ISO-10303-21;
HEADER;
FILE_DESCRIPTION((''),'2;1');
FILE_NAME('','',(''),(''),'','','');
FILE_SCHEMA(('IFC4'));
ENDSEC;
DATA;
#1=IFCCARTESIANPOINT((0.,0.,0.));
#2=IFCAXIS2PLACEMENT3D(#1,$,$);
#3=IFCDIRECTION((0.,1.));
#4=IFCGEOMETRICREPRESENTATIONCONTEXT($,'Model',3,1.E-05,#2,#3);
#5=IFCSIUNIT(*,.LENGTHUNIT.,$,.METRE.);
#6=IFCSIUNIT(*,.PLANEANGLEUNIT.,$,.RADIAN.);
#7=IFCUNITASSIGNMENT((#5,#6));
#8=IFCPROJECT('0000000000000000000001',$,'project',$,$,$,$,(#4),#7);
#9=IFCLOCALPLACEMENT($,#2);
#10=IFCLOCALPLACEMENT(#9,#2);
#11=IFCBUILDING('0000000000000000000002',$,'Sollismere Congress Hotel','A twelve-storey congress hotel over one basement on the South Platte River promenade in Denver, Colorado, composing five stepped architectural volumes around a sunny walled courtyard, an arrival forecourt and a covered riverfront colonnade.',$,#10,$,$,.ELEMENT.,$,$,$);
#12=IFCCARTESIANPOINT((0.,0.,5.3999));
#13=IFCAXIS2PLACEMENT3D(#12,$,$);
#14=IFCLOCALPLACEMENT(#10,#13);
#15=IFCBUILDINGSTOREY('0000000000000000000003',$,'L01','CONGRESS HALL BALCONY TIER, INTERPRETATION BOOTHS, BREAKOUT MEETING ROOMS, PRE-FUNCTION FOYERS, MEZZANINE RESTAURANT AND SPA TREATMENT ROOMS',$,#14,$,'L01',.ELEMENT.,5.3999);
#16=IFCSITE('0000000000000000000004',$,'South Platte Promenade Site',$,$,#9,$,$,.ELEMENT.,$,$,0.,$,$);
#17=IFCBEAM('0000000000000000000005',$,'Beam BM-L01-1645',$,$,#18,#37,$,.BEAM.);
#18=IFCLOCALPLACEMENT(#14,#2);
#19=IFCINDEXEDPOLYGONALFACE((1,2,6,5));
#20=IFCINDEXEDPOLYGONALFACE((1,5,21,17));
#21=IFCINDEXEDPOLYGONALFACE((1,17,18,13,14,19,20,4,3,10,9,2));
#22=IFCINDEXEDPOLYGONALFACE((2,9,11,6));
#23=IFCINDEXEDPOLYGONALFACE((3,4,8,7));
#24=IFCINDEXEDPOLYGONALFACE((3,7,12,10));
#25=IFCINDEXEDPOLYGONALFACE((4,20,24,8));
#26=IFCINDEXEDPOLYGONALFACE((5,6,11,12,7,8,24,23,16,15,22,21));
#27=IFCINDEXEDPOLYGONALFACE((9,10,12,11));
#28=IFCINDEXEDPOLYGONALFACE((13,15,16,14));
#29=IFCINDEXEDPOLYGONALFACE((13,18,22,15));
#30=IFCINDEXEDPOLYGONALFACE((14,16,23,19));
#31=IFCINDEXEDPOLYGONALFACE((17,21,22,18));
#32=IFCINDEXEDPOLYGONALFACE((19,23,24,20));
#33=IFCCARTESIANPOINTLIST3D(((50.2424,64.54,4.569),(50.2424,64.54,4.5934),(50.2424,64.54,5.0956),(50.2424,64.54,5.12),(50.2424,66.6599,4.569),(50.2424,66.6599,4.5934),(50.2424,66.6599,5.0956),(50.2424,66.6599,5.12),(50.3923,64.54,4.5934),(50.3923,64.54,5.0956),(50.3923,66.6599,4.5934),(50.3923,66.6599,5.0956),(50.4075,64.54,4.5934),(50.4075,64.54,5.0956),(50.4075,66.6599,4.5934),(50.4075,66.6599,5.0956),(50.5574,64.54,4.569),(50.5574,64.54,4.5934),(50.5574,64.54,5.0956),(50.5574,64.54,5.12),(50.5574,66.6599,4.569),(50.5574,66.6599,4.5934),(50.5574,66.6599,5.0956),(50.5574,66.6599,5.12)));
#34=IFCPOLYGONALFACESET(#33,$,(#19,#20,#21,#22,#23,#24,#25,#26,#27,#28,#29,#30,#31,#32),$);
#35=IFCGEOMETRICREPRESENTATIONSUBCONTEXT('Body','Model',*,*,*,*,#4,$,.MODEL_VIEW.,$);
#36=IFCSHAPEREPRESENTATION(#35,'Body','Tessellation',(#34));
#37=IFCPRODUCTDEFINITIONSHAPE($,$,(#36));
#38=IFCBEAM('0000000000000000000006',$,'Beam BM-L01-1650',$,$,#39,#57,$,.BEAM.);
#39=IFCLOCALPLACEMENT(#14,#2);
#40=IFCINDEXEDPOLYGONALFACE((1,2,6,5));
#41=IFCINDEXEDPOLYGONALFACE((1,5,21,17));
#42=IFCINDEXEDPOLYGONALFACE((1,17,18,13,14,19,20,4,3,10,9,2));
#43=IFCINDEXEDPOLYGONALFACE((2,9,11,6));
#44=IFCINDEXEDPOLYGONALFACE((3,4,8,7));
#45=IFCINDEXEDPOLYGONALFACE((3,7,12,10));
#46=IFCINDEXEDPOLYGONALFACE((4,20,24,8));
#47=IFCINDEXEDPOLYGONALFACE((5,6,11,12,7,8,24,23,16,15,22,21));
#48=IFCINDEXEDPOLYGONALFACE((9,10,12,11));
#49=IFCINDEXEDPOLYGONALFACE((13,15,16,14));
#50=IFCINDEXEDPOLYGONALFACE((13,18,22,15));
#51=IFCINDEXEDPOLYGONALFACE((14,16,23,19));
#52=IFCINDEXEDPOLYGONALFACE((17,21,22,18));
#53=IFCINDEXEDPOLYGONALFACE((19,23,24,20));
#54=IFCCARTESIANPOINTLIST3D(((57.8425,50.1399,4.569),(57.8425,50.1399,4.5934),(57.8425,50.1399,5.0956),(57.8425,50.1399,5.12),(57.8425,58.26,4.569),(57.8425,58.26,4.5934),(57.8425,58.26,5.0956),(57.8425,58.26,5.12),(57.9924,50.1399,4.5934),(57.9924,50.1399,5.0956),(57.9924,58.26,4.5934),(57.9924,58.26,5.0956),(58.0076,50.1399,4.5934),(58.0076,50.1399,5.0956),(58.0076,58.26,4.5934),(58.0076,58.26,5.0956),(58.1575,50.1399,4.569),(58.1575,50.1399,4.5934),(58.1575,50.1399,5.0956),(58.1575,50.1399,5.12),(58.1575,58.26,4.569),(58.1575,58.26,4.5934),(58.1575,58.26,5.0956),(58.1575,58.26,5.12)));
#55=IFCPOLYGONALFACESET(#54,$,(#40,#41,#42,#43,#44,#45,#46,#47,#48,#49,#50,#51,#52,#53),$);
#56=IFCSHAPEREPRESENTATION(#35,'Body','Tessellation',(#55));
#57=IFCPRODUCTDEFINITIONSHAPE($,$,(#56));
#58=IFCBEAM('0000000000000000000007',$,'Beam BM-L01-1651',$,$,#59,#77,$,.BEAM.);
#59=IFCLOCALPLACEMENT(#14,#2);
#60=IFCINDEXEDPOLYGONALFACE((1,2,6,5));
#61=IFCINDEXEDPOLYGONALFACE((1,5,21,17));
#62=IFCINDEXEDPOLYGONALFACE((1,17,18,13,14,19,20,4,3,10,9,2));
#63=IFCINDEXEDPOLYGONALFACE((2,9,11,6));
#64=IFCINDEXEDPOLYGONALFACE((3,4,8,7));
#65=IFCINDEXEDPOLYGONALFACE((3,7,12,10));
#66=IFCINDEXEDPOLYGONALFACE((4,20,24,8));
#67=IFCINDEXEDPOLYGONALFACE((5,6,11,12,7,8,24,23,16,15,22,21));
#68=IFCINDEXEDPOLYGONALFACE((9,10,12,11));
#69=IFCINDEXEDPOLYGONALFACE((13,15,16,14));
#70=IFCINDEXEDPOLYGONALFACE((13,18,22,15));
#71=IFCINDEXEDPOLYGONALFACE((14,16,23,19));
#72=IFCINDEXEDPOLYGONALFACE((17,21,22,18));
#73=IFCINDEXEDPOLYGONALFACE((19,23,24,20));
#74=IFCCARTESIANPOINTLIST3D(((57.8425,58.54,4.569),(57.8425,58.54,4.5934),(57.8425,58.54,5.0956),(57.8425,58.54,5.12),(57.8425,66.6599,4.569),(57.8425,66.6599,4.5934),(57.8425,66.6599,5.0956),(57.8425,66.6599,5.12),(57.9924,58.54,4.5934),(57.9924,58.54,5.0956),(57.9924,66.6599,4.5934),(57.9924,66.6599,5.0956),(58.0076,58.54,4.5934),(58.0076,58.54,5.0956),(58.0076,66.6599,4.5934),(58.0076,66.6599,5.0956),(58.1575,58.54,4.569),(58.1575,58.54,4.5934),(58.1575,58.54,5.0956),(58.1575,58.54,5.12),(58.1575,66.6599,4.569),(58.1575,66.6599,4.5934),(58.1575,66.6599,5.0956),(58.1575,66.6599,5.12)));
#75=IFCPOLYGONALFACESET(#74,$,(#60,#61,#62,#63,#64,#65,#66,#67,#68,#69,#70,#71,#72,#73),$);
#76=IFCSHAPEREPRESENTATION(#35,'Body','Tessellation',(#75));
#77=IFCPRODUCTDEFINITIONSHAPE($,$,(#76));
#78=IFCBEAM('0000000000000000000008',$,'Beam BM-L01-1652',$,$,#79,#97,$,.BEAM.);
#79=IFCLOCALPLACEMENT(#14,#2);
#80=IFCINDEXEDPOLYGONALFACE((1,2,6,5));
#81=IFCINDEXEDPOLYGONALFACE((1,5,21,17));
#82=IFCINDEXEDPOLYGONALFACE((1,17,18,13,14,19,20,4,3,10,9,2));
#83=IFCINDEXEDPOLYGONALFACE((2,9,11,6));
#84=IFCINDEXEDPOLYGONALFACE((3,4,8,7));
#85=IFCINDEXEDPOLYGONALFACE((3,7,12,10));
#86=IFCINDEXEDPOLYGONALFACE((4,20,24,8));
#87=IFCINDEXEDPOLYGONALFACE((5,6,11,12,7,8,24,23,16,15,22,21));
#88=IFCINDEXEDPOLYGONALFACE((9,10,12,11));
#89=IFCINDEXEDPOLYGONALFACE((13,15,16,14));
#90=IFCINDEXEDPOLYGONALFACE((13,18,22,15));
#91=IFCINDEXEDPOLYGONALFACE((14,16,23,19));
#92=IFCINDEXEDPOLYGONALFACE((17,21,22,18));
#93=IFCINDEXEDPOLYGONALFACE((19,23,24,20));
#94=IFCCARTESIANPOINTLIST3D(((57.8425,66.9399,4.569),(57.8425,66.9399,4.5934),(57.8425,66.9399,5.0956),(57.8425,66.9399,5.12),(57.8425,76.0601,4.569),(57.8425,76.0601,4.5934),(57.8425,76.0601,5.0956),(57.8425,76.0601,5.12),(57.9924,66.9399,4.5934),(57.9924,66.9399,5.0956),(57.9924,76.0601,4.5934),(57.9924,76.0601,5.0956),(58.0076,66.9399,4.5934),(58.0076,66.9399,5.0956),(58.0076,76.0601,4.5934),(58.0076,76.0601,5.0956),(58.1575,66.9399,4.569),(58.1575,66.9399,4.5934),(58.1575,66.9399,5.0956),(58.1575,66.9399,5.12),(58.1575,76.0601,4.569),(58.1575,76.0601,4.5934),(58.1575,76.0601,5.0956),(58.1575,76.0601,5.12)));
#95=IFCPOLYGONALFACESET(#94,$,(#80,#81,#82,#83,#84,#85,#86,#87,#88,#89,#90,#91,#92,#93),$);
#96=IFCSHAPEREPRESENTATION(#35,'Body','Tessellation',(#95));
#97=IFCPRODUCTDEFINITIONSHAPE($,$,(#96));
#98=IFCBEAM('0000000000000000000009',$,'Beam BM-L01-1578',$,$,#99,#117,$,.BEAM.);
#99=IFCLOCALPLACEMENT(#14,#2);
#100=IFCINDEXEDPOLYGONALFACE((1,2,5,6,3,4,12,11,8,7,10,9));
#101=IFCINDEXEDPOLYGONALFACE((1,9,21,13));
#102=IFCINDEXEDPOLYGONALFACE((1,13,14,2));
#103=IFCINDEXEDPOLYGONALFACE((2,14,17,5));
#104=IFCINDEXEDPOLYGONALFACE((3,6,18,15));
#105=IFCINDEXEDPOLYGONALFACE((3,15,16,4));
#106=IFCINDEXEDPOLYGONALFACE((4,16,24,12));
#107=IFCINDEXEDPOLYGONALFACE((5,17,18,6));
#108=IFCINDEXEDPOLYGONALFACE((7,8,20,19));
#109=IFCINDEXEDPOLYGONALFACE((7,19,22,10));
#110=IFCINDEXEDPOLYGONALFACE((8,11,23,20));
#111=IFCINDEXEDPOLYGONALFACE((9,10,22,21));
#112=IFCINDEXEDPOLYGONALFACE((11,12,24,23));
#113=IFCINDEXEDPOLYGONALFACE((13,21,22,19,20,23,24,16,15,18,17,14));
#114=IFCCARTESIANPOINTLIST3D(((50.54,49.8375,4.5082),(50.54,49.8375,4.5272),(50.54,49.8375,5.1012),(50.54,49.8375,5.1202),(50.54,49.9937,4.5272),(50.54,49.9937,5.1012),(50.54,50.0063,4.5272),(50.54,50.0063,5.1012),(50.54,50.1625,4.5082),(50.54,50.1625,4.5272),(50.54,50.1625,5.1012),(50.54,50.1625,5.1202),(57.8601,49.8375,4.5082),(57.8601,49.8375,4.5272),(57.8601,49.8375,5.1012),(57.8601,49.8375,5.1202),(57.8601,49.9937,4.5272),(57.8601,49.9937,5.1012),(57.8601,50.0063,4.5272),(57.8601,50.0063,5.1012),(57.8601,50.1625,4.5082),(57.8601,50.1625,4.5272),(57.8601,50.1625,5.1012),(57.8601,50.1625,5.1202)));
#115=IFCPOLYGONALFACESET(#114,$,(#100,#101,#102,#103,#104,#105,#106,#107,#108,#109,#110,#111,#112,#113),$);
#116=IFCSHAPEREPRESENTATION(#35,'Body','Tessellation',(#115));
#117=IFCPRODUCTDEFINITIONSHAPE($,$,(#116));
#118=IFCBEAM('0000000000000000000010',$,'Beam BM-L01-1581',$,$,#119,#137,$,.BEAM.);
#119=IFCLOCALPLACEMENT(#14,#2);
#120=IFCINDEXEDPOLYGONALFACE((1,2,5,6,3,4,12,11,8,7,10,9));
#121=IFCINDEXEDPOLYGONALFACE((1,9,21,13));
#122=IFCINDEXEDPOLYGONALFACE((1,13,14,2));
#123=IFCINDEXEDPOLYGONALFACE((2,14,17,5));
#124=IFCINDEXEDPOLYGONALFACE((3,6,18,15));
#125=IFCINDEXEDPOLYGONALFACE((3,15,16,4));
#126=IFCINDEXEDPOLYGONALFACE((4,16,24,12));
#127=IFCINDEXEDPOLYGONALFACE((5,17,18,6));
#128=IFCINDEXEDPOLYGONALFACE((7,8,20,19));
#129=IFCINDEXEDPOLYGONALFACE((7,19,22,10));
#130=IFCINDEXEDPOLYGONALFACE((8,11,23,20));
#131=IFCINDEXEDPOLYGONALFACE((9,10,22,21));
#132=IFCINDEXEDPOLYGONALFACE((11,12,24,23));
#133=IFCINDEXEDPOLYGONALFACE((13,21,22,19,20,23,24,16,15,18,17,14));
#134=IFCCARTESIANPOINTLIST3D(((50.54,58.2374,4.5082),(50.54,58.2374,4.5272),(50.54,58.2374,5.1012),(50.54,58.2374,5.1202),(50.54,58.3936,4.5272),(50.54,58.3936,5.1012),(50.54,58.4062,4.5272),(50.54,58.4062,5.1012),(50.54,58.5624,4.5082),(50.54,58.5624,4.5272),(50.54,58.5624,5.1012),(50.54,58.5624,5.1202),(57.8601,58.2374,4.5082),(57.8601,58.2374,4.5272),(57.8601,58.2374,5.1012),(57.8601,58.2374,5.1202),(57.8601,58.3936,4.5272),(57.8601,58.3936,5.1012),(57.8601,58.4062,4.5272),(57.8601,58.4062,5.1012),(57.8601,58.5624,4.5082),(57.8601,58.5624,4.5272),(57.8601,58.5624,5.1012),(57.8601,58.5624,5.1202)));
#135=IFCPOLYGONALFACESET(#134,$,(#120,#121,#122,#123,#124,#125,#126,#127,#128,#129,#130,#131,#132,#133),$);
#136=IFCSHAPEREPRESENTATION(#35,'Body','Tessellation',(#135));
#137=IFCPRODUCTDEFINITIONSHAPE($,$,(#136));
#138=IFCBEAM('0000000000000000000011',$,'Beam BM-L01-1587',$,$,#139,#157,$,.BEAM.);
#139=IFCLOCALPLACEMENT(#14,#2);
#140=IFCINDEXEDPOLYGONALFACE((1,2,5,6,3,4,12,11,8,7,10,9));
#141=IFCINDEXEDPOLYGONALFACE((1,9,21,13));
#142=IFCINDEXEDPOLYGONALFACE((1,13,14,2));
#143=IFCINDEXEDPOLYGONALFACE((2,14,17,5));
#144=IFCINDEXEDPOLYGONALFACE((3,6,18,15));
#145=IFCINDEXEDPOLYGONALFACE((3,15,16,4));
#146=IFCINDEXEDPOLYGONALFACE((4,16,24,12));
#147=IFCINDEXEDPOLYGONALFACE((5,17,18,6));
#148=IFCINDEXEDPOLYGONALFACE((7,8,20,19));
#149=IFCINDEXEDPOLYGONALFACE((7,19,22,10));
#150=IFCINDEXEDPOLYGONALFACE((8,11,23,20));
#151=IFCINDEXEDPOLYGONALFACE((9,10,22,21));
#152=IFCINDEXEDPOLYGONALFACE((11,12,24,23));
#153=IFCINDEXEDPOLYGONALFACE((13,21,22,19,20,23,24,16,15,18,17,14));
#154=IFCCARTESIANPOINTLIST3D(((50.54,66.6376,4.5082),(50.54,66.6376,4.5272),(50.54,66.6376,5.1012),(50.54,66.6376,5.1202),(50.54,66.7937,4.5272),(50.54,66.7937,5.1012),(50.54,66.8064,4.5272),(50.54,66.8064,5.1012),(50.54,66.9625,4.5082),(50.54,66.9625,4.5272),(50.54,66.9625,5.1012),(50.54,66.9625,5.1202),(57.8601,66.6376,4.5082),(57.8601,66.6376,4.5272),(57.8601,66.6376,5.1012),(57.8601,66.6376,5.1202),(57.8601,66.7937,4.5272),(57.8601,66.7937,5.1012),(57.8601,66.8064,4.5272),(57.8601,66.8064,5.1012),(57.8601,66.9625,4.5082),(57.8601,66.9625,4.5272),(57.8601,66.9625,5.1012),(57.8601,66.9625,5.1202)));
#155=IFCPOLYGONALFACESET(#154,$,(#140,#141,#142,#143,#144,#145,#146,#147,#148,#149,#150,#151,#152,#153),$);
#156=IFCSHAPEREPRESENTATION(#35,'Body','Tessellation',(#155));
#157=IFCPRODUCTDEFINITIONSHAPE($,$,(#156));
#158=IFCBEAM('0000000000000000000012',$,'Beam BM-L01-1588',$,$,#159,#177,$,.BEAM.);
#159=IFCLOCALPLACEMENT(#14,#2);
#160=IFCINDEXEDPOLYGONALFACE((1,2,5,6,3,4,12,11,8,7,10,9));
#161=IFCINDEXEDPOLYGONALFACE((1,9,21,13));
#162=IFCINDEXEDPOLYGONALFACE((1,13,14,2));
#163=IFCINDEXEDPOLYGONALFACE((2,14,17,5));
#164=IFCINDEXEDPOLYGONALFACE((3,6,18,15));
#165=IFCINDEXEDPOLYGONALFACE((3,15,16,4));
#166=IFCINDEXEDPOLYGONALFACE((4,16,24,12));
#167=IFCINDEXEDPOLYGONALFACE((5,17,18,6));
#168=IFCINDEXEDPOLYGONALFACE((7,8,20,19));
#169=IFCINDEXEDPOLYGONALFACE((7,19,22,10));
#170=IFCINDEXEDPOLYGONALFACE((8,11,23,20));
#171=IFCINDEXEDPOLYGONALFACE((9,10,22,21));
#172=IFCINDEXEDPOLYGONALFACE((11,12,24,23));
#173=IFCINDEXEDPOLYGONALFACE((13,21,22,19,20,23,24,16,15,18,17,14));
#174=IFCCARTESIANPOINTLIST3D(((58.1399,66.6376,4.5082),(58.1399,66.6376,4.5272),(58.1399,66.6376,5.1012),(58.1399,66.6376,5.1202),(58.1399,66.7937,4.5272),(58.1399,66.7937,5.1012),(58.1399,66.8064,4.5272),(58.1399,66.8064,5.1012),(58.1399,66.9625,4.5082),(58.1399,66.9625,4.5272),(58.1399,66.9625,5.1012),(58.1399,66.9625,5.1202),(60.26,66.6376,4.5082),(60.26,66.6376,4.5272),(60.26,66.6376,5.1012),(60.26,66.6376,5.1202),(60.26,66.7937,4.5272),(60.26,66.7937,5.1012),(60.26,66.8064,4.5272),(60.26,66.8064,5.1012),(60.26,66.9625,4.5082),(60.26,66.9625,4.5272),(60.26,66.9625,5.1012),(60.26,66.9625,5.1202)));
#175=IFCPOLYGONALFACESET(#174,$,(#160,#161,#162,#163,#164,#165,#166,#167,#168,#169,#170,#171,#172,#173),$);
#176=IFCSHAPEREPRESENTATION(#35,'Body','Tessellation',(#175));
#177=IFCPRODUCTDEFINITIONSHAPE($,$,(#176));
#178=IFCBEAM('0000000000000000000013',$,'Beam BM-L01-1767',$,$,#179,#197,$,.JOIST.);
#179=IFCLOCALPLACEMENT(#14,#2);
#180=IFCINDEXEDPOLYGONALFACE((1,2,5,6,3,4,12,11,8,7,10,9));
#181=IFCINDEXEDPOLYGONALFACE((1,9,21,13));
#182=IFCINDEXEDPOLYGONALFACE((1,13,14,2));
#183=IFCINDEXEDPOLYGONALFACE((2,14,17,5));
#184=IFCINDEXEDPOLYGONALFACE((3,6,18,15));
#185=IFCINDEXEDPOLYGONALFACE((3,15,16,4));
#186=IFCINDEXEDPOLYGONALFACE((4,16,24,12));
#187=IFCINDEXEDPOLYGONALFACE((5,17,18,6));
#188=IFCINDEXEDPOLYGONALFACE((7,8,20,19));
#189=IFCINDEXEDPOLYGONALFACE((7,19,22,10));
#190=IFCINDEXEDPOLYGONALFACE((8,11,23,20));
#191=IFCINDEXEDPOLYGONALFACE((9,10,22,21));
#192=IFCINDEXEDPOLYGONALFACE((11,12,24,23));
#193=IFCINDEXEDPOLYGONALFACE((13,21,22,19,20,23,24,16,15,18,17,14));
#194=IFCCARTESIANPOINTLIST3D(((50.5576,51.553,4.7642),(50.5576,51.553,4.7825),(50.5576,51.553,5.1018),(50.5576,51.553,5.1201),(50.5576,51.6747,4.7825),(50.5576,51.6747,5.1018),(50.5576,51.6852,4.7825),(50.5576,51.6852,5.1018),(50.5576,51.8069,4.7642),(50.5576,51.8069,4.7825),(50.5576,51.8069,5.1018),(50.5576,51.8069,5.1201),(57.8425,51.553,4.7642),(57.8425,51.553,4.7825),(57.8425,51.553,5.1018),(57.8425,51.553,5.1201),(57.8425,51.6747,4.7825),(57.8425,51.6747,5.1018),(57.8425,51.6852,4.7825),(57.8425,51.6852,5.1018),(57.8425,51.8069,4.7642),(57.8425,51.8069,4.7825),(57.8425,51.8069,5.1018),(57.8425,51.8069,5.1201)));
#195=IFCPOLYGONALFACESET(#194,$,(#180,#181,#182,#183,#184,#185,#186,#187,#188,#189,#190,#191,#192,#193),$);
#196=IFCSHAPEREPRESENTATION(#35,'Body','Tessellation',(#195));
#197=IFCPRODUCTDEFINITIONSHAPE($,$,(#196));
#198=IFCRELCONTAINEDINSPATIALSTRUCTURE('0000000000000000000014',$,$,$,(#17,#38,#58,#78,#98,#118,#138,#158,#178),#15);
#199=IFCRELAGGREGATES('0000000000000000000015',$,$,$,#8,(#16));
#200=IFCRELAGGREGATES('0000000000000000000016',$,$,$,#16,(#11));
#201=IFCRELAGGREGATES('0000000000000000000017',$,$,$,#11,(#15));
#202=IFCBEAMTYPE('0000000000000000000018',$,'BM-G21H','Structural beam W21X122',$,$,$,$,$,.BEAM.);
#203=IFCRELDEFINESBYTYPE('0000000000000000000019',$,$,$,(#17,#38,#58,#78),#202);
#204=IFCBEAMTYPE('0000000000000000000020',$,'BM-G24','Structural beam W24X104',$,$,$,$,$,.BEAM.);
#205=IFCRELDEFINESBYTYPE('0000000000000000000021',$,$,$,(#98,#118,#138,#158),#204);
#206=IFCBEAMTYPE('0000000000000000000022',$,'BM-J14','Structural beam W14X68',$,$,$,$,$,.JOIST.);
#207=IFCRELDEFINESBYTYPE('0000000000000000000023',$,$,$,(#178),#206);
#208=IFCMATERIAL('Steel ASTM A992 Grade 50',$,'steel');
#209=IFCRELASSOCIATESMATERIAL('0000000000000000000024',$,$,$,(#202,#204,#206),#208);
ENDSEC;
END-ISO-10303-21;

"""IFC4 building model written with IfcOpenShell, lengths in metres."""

from ifc_helpers import new_model, si_unit, direction, frame, origin, origin_2d, place, context, subcontext, project, spatial, i_section, extrude, material, material_profile, profile_set, type_object, element, save


model = new_model("IFC4")

# Units and contexts
model_context = context("Model", 3, precision=1e-05, world=origin(), true_north=direction((0.0, 1.0)))
body_context = subcontext(model_context, "Body", "Model", "MODEL_VIEW")
ifc_project = project(units=[si_unit("LENGTHUNIT", "METRE"), si_unit("PLANEANGLEUNIT", "RADIAN")], contexts=[model_context])

# Site, building, storey
site_placement = place(None, origin())
site = spatial("IfcSite", under=ifc_project, at=site_placement, Name="South Platte Promenade Site", CompositionType="ELEMENT", RefElevation=0.0)
building_placement = place(site_placement, origin())
building = spatial("IfcBuilding", under=site, at=building_placement, Name="Sollismere Congress Hotel", Description="A twelve-storey congress hotel over one basement on the South Platte River promenade in Denver, Colorado, composing five stepped architectural volumes around a sunny walled courtyard, an arrival forecourt and a covered riverfront colonnade.", CompositionType="ELEMENT")
storey_placement = place(building_placement, frame((0.0, 0.0, 5.3999)))
storey = spatial("IfcBuildingStorey", under=building, at=storey_placement, Name="L01", Description="CONGRESS HALL BALCONY TIER, INTERPRETATION BOOTHS, BREAKOUT MEETING ROOMS, PRE-FUNCTION FOYERS, MEZZANINE RESTAURANT AND SPA TREATMENT ROOMS", LongName="L01", CompositionType="ELEMENT", Elevation=5.3999)

# Shared definitions
ifc_material_1 = material(Name="Steel ASTM A992 Grade 50", Category="steel")

# Beams
ifc_material_profile_1 = material_profile(ifc_material_1, i_section(OverallWidth=0.3149, OverallDepth=0.551, WebThickness=0.0151, FlangeThickness=0.0244, at=origin_2d()), Name="W21X122")
ifc_profile_set_1 = profile_set([ifc_material_profile_1], Name="Steel ASTM A992 Grade 50")
beam_type_1 = type_object("IfcBeamType", Name="BM-G21H", Description="Structural beam W21X122", PredefinedType="BEAM", material=ifc_profile_set_1)
beam_1_placement = place(storey_placement, frame((50.3999, 64.54, 4.8445), z_axis=(0.0, 1.0, 0.0), x_axis=(-1.0, 0.0, 0.0)))
element("IfcBeam", 1, at=beam_1_placement, inside=storey, type_object=beam_type_1, Name="Beam BM-L01-1645", PredefinedType="BEAM", context=body_context, shape_type="SweptSolid", body=[
    extrude(i_section(OverallWidth=0.3149, OverallDepth=0.551, WebThickness=0.0151, FlangeThickness=0.0244, at=origin_2d()), origin(), (0.0, 0.0, 1.0), 2.1199),
])
beam_2_placement = place(storey_placement, frame((58.0, 50.1399, 4.8445), z_axis=(0.0, 1.0, 0.0), x_axis=(-1.0, 0.0, 0.0)))
element("IfcBeam", 2, at=beam_2_placement, inside=storey, type_object=beam_type_1, Name="Beam BM-L01-1650", PredefinedType="BEAM", context=body_context, shape_type="SweptSolid", body=[
    extrude(i_section(OverallWidth=0.3149, OverallDepth=0.551, WebThickness=0.0151, FlangeThickness=0.0244, at=origin_2d()), origin(), (0.0, 0.0, 1.0), 8.1201),
])
beam_3_placement = place(storey_placement, frame((58.0, 58.54, 4.8445), z_axis=(0.0, 1.0, 0.0), x_axis=(-1.0, 0.0, 0.0)))
element("IfcBeam", 3, at=beam_3_placement, inside=storey, type_object=beam_type_1, Name="Beam BM-L01-1651", PredefinedType="BEAM", context=body_context, shape_type="SweptSolid", body=[
    extrude(i_section(OverallWidth=0.3149, OverallDepth=0.551, WebThickness=0.0151, FlangeThickness=0.0244, at=origin_2d()), origin(), (0.0, 0.0, 1.0), 8.1199),
])
beam_4_placement = place(storey_placement, frame((58.0, 66.9399, 4.8445), z_axis=(0.0, 1.0, 0.0), x_axis=(-1.0, 0.0, 0.0)))
element("IfcBeam", 4, at=beam_4_placement, inside=storey, type_object=beam_type_1, Name="Beam BM-L01-1652", PredefinedType="BEAM", context=body_context, shape_type="SweptSolid", body=[
    extrude(i_section(OverallWidth=0.3149, OverallDepth=0.551, WebThickness=0.0151, FlangeThickness=0.0244, at=origin_2d()), origin(), (0.0, 0.0, 1.0), 9.1201),
])
ifc_material_profile_2 = material_profile(ifc_material_1, i_section(OverallWidth=0.325, OverallDepth=0.6121, WebThickness=0.0127, FlangeThickness=0.019, at=origin_2d()), Name="W24X104")
ifc_profile_set_2 = profile_set([ifc_material_profile_2], Name="Steel ASTM A992 Grade 50")
beam_type_2 = type_object("IfcBeamType", Name="BM-G24", Description="Structural beam W24X104", PredefinedType="BEAM", material=ifc_profile_set_2)
for number, where, z_axis, x_axis, name in (
    (5, (50.54, 50.0, 4.8142), (1.0, 0.0, 0.0), (0.0, 1.0, 0.0), "Beam BM-L01-1578"),
    (6, (50.54, 58.3999, 4.8142), (1.0, 0.0, 0.0), (0.0, 1.0, 0.0), "Beam BM-L01-1581"),
    (7, (50.54, 66.8, 4.8142), (1.0, 0.0, 0.0), (0.0, 1.0, 0.0), "Beam BM-L01-1587"),
):
    element("IfcBeam", number, at=place(storey_placement, frame(where, z_axis=z_axis, x_axis=x_axis)), inside=storey, type_object=beam_type_2, Name=name, PredefinedType="BEAM", context=body_context, shape_type="SweptSolid", body=[
        extrude(i_section(OverallWidth=0.325, OverallDepth=0.6121, WebThickness=0.0127, FlangeThickness=0.019, at=origin_2d()), origin(), (0.0, 0.0, 1.0), 7.3201),
    ])
beam_5_placement = place(storey_placement, frame((58.1399, 66.8, 4.8142), z_axis=(1.0, 0.0, 0.0), x_axis=(0.0, 1.0, 0.0)))
element("IfcBeam", 8, at=beam_5_placement, inside=storey, type_object=beam_type_2, Name="Beam BM-L01-1588", PredefinedType="BEAM", context=body_context, shape_type="SweptSolid", body=[
    extrude(i_section(OverallWidth=0.325, OverallDepth=0.6121, WebThickness=0.0127, FlangeThickness=0.019, at=origin_2d()), origin(), (0.0, 0.0, 1.0), 2.1201),
])
ifc_material_profile_3 = material_profile(ifc_material_1, i_section(OverallWidth=0.2539, OverallDepth=0.356, WebThickness=0.0105, FlangeThickness=0.0183, at=origin_2d()), Name="W14X68")
ifc_profile_set_3 = profile_set([ifc_material_profile_3], Name="Steel ASTM A992 Grade 50")
beam_type_3 = type_object("IfcBeamType", Name="BM-J14", Description="Structural beam W14X68", PredefinedType="JOIST", material=ifc_profile_set_3)
for number, where, z_axis, x_axis, name in (
    (9, (50.5576, 51.6799, 4.9421), (1.0, 0.0, 0.0), (0.0, 1.0, 0.0), "Beam BM-L01-1767"),
):
    element("IfcBeam", number, at=place(storey_placement, frame(where, z_axis=z_axis, x_axis=x_axis)), inside=storey, type_object=beam_type_3, Name=name, PredefinedType="JOIST", context=body_context, shape_type="SweptSolid", body=[
        extrude(i_section(OverallWidth=0.2539, OverallDepth=0.356, WebThickness=0.0105, FlangeThickness=0.0183, at=origin_2d()), origin(), (0.0, 0.0, 1.0), 7.2849),
    ])

save(model, "model.ifc")
